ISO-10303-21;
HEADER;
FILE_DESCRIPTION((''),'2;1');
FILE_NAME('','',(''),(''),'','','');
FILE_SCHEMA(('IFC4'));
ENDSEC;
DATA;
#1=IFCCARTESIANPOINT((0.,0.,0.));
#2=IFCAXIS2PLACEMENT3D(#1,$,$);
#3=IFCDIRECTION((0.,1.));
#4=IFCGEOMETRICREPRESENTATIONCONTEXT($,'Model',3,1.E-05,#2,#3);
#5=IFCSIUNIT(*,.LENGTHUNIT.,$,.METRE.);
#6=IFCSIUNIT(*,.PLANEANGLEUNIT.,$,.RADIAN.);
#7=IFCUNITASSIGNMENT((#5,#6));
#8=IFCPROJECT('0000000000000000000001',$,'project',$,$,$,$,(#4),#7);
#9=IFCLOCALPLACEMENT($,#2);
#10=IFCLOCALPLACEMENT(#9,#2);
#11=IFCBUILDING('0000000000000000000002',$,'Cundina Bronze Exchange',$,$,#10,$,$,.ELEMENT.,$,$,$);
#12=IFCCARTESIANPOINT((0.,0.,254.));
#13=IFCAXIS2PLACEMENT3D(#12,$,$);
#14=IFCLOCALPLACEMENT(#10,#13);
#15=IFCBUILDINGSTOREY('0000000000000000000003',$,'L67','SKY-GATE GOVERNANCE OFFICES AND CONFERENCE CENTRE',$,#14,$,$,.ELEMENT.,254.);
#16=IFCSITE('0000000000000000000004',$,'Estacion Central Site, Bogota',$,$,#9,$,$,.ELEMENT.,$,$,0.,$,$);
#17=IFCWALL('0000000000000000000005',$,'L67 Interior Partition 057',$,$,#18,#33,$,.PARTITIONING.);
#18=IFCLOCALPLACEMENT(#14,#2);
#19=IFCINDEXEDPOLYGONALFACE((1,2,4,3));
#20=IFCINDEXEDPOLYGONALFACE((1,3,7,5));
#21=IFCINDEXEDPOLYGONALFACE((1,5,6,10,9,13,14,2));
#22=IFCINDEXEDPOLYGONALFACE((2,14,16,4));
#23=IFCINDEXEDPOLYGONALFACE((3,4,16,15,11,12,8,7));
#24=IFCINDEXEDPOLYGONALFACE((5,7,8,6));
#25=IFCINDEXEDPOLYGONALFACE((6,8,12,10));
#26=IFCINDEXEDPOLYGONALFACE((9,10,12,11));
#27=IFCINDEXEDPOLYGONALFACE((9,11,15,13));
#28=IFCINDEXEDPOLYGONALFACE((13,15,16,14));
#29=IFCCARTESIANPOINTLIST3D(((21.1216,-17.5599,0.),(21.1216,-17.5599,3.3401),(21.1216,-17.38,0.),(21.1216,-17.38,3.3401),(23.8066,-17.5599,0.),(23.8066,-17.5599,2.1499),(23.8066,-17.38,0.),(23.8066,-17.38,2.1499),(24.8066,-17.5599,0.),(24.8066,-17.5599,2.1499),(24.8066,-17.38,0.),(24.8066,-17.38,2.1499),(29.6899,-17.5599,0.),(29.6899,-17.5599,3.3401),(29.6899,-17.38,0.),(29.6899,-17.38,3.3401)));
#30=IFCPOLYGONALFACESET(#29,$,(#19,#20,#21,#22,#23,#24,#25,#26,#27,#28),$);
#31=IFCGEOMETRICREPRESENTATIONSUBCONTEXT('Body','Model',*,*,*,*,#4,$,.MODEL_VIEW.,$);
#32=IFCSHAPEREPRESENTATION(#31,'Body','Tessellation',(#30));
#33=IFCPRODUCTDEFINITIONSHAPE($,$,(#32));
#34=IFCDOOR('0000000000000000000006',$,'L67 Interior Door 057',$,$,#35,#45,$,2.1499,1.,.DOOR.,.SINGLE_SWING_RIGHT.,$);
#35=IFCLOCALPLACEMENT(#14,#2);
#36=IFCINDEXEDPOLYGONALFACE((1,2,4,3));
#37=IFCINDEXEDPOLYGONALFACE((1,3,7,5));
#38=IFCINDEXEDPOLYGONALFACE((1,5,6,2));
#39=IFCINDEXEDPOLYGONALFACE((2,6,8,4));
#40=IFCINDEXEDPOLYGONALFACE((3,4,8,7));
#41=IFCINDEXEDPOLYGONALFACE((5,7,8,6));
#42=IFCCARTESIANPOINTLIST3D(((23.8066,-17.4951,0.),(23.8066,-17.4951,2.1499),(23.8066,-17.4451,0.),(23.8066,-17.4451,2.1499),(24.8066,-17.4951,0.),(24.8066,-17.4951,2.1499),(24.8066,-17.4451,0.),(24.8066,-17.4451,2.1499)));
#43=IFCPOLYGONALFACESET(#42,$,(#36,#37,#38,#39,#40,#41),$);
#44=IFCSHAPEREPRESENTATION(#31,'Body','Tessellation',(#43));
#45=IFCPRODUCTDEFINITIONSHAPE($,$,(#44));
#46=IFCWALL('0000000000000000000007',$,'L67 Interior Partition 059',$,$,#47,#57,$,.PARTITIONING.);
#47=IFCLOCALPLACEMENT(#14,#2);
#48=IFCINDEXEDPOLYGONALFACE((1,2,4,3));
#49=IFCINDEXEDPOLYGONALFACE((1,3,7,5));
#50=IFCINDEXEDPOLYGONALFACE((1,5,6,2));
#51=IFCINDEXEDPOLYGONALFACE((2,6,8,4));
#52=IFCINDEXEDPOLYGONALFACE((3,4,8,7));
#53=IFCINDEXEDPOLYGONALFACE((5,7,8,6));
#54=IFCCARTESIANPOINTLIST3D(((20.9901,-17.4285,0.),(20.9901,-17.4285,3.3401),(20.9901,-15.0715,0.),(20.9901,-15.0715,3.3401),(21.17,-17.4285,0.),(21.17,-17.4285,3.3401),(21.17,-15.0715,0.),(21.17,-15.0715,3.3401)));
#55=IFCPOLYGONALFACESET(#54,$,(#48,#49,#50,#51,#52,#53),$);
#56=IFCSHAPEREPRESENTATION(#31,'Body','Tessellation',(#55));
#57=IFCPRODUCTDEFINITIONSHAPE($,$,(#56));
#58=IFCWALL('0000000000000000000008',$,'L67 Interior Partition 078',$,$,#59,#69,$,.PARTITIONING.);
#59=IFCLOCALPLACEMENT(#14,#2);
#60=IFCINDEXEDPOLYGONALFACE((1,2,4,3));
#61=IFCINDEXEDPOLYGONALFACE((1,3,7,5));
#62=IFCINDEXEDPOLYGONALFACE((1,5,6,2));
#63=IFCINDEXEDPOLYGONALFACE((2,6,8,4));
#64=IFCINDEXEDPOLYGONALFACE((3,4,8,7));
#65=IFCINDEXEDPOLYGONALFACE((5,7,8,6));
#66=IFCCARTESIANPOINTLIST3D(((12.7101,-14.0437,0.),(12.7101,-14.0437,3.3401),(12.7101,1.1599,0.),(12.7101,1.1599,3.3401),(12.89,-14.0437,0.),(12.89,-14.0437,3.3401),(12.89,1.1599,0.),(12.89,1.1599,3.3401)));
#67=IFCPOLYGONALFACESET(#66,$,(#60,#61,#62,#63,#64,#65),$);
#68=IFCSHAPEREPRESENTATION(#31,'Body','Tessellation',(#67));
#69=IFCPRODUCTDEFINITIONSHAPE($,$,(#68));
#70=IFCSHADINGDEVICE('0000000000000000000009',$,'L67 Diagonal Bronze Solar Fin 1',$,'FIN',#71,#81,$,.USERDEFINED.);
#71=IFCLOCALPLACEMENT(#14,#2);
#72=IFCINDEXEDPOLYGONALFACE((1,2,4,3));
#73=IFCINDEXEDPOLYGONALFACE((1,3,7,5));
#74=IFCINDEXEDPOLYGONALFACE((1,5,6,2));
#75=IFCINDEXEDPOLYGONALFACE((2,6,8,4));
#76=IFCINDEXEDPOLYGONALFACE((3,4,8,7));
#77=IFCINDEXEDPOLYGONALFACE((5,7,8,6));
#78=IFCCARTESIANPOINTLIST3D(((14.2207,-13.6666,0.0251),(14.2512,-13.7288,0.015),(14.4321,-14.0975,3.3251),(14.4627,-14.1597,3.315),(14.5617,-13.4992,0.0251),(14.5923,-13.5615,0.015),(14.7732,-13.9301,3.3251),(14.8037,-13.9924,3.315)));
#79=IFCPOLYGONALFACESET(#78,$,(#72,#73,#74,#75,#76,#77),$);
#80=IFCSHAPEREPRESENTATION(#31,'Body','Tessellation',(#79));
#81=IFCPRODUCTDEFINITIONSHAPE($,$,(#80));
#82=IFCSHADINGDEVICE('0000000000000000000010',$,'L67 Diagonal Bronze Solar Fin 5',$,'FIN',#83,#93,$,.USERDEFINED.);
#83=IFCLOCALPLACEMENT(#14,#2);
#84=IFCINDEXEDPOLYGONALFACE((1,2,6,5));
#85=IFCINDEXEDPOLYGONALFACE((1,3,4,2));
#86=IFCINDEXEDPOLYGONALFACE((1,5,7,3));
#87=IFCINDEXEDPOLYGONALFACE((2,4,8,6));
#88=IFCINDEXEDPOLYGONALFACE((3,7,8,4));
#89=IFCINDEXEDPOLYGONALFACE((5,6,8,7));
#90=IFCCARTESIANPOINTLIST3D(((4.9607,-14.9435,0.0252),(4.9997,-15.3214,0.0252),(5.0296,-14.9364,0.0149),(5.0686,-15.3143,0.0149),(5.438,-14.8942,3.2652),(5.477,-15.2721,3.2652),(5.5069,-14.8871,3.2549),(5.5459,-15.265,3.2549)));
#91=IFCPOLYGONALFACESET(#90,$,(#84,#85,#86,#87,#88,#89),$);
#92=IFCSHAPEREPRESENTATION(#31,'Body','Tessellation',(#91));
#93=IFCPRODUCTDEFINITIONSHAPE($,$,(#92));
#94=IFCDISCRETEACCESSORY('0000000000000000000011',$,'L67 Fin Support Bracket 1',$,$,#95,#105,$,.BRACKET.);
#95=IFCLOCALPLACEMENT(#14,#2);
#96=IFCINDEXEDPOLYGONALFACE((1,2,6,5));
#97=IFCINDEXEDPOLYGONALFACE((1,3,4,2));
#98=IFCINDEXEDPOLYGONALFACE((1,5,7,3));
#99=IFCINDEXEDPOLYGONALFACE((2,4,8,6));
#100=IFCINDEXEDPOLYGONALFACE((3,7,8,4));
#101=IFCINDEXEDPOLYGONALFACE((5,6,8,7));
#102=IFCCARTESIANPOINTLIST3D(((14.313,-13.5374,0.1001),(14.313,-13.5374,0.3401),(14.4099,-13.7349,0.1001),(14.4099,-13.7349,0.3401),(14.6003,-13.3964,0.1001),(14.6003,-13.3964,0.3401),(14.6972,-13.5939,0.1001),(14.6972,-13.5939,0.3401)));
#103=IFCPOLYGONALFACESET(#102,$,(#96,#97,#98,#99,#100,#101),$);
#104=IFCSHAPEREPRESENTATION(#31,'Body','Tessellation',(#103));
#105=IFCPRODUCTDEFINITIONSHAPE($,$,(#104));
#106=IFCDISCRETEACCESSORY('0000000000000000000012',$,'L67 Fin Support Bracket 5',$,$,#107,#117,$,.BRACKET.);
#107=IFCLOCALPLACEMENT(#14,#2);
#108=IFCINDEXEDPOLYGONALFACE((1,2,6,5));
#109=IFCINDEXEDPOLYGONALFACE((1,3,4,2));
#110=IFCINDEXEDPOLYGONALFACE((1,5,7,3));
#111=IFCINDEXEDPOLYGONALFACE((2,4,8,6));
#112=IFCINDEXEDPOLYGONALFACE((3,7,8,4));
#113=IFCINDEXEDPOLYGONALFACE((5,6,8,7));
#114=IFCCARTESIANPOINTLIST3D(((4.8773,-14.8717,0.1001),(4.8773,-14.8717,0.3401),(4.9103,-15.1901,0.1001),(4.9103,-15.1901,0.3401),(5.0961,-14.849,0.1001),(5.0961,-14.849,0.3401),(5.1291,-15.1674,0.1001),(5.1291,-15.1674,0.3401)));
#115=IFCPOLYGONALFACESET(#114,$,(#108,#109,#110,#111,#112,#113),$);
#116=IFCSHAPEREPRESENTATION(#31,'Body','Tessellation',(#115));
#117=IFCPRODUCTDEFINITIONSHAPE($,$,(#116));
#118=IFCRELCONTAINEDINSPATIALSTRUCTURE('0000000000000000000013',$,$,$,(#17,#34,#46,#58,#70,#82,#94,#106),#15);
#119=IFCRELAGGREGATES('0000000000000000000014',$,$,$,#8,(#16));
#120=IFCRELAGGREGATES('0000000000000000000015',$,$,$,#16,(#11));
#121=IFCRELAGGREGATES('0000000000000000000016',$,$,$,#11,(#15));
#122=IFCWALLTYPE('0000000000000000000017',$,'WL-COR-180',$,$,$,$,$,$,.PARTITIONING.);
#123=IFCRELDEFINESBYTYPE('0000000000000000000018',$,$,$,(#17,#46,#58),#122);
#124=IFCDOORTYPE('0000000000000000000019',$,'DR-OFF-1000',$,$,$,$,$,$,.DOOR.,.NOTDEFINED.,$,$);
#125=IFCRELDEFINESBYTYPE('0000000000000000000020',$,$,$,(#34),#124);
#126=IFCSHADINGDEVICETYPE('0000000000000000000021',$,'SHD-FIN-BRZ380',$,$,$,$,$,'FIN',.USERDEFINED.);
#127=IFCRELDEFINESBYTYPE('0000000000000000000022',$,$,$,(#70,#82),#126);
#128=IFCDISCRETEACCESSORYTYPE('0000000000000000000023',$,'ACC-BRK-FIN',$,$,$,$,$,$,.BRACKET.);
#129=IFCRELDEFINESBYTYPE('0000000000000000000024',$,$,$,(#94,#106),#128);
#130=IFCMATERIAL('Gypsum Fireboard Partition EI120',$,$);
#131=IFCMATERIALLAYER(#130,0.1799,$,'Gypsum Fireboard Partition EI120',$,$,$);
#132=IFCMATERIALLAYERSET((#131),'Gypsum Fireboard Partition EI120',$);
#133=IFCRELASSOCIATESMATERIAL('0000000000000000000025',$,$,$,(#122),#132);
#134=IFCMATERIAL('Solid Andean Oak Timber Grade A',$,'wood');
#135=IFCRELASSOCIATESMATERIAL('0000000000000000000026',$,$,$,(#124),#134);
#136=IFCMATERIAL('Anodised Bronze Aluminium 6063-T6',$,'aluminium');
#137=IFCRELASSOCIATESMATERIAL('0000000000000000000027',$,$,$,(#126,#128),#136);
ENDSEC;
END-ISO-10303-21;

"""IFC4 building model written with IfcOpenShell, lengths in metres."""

from ifc_helpers import new_model, si_unit, direction, frame, frame_2d, origin, origin_2d, place, context, subcontext, project, spatial, rectangle, extrude, material, layer, layer_set, material_profile, profile_set, type_object, element, fill, save


model = new_model("IFC4")

# Units and contexts
model_context = context("Model", 3, precision=1e-05, world=origin(), true_north=direction((0.0, 1.0)))
body_context = subcontext(model_context, "Body", "Model", "MODEL_VIEW")
ifc_project = project(units=[si_unit("LENGTHUNIT", "METRE"), si_unit("PLANEANGLEUNIT", "RADIAN")], contexts=[model_context])

# Site, building, storey
site_placement = place(None, origin())
site = spatial("IfcSite", under=ifc_project, at=site_placement, Name="Estacion Central Site, Bogota", CompositionType="ELEMENT", RefElevation=0.0)
building_placement = place(site_placement, origin())
building = spatial("IfcBuilding", under=site, at=building_placement, Name="Cundina Bronze Exchange", CompositionType="ELEMENT")
storey_placement = place(building_placement, frame((0.0, 0.0, 254.0)))
storey = spatial("IfcBuildingStorey", under=building, at=storey_placement, Name="L67", Description="SKY-GATE GOVERNANCE OFFICES AND CONFERENCE CENTRE", CompositionType="ELEMENT", Elevation=254.0)

# Shared definitions
ifc_material_1 = material(Name="Anodised Bronze Aluminium 6063-T6", Category="aluminium")

# Shared definitions
ifc_material_2 = material(Name="Gypsum Fireboard Partition EI120")
ifc_layer_1 = layer(ifc_material_2, 0.1799, Name="Gypsum Fireboard Partition EI120")
ifc_layer_set_1 = layer_set([ifc_layer_1], Name="Gypsum Fireboard Partition EI120")
wall_type = type_object("IfcWallType", Name="WL-COR-180", PredefinedType="PARTITIONING", material=ifc_layer_set_1)

# Wall, opening, door
wall_1_placement = place(storey_placement, frame((21.1216, -17.47, 0.0), z_axis=(0.0, 0.0, 1.0), x_axis=(1.0, 0.0, 0.0)))
wall_1 = element("IfcWall", 1, at=wall_1_placement, inside=storey, type_object=wall_type, Name="L67 Interior Partition 057", PredefinedType="PARTITIONING", context=body_context, shape_type="SweptSolid", body=[
    extrude(rectangle(XDim=8.5684, YDim=0.1799, at=frame_2d((4.2842, 0.0))), origin(), (0.0, 0.0, 1.0), 3.3401),
])
opening_placement = place(wall_1_placement, frame((2.6851, 0.0, 0.0)))
opening = element("IfcOpeningElement", 2, at=opening_placement, cuts=wall_1, PredefinedType="OPENING", context=body_context, shape_type="SweptSolid", body=[
    extrude(rectangle(XDim=1.0, YDim=2.1499, at=frame_2d((0.5, 1.075))), frame((0.0, 0.0999, 0.0), z_axis=(0.0, -1.0, 0.0), x_axis=(1.0, 0.0, 0.0)), (0.0, 0.0, 1.0), 0.2),
])
ifc_material_3 = material(Name="Solid Andean Oak Timber Grade A", Category="wood")
door_type = type_object("IfcDoorType", Name="DR-OFF-1000", OperationType="NOTDEFINED", PredefinedType="DOOR", material=ifc_material_3)
door_placement = place(opening_placement, origin())
door = element("IfcDoor", 3, at=door_placement, inside=storey, type_object=door_type, Name="L67 Interior Door 057", OperationType="SINGLE_SWING_RIGHT", OverallHeight=2.1499, OverallWidth=1.0, PredefinedType="DOOR", context=body_context, shape_type="SweptSolid", body=[
    extrude(rectangle(XDim=1.0, YDim=2.1499, at=frame_2d((0.5, 1.075))), frame((0.0, 0.0249, 0.0), z_axis=(0.0, -1.0, 0.0), x_axis=(1.0, 0.0, 0.0)), (0.0, 0.0, 1.0), 0.05),
])
fill(opening, door)

# Walls
wall_2_placement = place(storey_placement, frame((21.0801, -15.0715, 0.0), z_axis=(0.0, 0.0, 1.0), x_axis=(0.0, -1.0, 0.0)))
element("IfcWall", 4, at=wall_2_placement, inside=storey, type_object=wall_type, Name="L67 Interior Partition 059", PredefinedType="PARTITIONING", context=body_context, shape_type="SweptSolid", body=[
    extrude(rectangle(XDim=2.3569, YDim=0.1799, at=frame_2d((1.1785, 0.0))), origin(), (0.0, 0.0, 1.0), 3.3401),
])
wall_3_placement = place(storey_placement, frame((12.8, -14.0437, 0.0), z_axis=(0.0, 0.0, 1.0), x_axis=(0.0, 1.0, 0.0)))
element("IfcWall", 5, at=wall_3_placement, inside=storey, type_object=wall_type, Name="L67 Interior Partition 078", PredefinedType="PARTITIONING", context=body_context, shape_type="SweptSolid", body=[
    extrude(rectangle(XDim=15.2036, YDim=0.1799, at=frame_2d((7.6018, 0.0))), origin(), (0.0, 0.0, 1.0), 3.3401),
])

# Shading devices
ifc_material_profile_1 = material_profile(ifc_material_1, rectangle(XDim=0.0701, YDim=0.3799, at=origin_2d()), Name="FIN70X380", Category="aluminium")
ifc_profile_set_1 = profile_set([ifc_material_profile_1], Name="Anodised Bronze Aluminium 6063-T6")
shading_device_type = type_object("IfcShadingDeviceType", Name="SHD-FIN-BRZ380", ElementType="FIN", PredefinedType="USERDEFINED", material=ifc_profile_set_1)
shading_device_1_placement = place(storey_placement, frame((14.4065, -13.614, 0.02), z_axis=(0.0634, -0.129217, 0.989588), x_axis=(-0.4359, 0.888411, 0.143932)))
element("IfcShadingDevice", 6, at=shading_device_1_placement, inside=storey, type_object=shading_device_type, Name="L67 Diagonal Bronze Solar Fin 1", ObjectType="FIN", PredefinedType="USERDEFINED", context=body_context, shape_type="SweptSolid", body=[
    extrude(rectangle(XDim=0.0701, YDim=0.3799, at=origin_2d()), origin(), (0.0, 0.0, 1.0), 3.3347),
])
shading_device_2_placement = place(storey_placement, frame((5.0146, -15.1289, 0.02), z_axis=(0.145724, 0.015057, 0.989211), x_axis=(-0.983972, -0.101669, 0.1465)))
element("IfcShadingDevice", 7, at=shading_device_2_placement, inside=storey, type_object=shading_device_type, Name="L67 Diagonal Bronze Solar Fin 5", ObjectType="FIN", PredefinedType="USERDEFINED", context=body_context, shape_type="SweptSolid", body=[
    extrude(rectangle(XDim=0.0701, YDim=0.3799, at=origin_2d()), origin(), (0.0, 0.0, 1.0), 3.2754),
])

# Discrete accessories
discrete_accessory_type = type_object("IfcDiscreteAccessoryType", Name="ACC-BRK-FIN", PredefinedType="BRACKET", material=ifc_material_1)
for number, where, z_axis, x_axis, name in (
    (8, (14.5051, -13.5657, 0.1001), (0.0, 0.0, 1.0), (0.440503, -0.897751, 0.0), "L67 Fin Support Bracket 1"),
    (9, (5.0032, -15.0195, 0.1001), (0.0, 0.0, 1.0), (0.994672, 0.103088, 0.0), "L67 Fin Support Bracket 5"),
):
    element("IfcDiscreteAccessory", number, at=place(storey_placement, frame(where, z_axis=z_axis, x_axis=x_axis)), inside=storey, type_object=discrete_accessory_type, Name=name, PredefinedType="BRACKET", context=body_context, shape_type="SweptSolid", body=[
        extrude(rectangle(XDim=0.22, YDim=0.3201, at=origin_2d()), origin(), (0.0, 0.0, 1.0), 0.24),
    ])

save(model, "model.ifc")
